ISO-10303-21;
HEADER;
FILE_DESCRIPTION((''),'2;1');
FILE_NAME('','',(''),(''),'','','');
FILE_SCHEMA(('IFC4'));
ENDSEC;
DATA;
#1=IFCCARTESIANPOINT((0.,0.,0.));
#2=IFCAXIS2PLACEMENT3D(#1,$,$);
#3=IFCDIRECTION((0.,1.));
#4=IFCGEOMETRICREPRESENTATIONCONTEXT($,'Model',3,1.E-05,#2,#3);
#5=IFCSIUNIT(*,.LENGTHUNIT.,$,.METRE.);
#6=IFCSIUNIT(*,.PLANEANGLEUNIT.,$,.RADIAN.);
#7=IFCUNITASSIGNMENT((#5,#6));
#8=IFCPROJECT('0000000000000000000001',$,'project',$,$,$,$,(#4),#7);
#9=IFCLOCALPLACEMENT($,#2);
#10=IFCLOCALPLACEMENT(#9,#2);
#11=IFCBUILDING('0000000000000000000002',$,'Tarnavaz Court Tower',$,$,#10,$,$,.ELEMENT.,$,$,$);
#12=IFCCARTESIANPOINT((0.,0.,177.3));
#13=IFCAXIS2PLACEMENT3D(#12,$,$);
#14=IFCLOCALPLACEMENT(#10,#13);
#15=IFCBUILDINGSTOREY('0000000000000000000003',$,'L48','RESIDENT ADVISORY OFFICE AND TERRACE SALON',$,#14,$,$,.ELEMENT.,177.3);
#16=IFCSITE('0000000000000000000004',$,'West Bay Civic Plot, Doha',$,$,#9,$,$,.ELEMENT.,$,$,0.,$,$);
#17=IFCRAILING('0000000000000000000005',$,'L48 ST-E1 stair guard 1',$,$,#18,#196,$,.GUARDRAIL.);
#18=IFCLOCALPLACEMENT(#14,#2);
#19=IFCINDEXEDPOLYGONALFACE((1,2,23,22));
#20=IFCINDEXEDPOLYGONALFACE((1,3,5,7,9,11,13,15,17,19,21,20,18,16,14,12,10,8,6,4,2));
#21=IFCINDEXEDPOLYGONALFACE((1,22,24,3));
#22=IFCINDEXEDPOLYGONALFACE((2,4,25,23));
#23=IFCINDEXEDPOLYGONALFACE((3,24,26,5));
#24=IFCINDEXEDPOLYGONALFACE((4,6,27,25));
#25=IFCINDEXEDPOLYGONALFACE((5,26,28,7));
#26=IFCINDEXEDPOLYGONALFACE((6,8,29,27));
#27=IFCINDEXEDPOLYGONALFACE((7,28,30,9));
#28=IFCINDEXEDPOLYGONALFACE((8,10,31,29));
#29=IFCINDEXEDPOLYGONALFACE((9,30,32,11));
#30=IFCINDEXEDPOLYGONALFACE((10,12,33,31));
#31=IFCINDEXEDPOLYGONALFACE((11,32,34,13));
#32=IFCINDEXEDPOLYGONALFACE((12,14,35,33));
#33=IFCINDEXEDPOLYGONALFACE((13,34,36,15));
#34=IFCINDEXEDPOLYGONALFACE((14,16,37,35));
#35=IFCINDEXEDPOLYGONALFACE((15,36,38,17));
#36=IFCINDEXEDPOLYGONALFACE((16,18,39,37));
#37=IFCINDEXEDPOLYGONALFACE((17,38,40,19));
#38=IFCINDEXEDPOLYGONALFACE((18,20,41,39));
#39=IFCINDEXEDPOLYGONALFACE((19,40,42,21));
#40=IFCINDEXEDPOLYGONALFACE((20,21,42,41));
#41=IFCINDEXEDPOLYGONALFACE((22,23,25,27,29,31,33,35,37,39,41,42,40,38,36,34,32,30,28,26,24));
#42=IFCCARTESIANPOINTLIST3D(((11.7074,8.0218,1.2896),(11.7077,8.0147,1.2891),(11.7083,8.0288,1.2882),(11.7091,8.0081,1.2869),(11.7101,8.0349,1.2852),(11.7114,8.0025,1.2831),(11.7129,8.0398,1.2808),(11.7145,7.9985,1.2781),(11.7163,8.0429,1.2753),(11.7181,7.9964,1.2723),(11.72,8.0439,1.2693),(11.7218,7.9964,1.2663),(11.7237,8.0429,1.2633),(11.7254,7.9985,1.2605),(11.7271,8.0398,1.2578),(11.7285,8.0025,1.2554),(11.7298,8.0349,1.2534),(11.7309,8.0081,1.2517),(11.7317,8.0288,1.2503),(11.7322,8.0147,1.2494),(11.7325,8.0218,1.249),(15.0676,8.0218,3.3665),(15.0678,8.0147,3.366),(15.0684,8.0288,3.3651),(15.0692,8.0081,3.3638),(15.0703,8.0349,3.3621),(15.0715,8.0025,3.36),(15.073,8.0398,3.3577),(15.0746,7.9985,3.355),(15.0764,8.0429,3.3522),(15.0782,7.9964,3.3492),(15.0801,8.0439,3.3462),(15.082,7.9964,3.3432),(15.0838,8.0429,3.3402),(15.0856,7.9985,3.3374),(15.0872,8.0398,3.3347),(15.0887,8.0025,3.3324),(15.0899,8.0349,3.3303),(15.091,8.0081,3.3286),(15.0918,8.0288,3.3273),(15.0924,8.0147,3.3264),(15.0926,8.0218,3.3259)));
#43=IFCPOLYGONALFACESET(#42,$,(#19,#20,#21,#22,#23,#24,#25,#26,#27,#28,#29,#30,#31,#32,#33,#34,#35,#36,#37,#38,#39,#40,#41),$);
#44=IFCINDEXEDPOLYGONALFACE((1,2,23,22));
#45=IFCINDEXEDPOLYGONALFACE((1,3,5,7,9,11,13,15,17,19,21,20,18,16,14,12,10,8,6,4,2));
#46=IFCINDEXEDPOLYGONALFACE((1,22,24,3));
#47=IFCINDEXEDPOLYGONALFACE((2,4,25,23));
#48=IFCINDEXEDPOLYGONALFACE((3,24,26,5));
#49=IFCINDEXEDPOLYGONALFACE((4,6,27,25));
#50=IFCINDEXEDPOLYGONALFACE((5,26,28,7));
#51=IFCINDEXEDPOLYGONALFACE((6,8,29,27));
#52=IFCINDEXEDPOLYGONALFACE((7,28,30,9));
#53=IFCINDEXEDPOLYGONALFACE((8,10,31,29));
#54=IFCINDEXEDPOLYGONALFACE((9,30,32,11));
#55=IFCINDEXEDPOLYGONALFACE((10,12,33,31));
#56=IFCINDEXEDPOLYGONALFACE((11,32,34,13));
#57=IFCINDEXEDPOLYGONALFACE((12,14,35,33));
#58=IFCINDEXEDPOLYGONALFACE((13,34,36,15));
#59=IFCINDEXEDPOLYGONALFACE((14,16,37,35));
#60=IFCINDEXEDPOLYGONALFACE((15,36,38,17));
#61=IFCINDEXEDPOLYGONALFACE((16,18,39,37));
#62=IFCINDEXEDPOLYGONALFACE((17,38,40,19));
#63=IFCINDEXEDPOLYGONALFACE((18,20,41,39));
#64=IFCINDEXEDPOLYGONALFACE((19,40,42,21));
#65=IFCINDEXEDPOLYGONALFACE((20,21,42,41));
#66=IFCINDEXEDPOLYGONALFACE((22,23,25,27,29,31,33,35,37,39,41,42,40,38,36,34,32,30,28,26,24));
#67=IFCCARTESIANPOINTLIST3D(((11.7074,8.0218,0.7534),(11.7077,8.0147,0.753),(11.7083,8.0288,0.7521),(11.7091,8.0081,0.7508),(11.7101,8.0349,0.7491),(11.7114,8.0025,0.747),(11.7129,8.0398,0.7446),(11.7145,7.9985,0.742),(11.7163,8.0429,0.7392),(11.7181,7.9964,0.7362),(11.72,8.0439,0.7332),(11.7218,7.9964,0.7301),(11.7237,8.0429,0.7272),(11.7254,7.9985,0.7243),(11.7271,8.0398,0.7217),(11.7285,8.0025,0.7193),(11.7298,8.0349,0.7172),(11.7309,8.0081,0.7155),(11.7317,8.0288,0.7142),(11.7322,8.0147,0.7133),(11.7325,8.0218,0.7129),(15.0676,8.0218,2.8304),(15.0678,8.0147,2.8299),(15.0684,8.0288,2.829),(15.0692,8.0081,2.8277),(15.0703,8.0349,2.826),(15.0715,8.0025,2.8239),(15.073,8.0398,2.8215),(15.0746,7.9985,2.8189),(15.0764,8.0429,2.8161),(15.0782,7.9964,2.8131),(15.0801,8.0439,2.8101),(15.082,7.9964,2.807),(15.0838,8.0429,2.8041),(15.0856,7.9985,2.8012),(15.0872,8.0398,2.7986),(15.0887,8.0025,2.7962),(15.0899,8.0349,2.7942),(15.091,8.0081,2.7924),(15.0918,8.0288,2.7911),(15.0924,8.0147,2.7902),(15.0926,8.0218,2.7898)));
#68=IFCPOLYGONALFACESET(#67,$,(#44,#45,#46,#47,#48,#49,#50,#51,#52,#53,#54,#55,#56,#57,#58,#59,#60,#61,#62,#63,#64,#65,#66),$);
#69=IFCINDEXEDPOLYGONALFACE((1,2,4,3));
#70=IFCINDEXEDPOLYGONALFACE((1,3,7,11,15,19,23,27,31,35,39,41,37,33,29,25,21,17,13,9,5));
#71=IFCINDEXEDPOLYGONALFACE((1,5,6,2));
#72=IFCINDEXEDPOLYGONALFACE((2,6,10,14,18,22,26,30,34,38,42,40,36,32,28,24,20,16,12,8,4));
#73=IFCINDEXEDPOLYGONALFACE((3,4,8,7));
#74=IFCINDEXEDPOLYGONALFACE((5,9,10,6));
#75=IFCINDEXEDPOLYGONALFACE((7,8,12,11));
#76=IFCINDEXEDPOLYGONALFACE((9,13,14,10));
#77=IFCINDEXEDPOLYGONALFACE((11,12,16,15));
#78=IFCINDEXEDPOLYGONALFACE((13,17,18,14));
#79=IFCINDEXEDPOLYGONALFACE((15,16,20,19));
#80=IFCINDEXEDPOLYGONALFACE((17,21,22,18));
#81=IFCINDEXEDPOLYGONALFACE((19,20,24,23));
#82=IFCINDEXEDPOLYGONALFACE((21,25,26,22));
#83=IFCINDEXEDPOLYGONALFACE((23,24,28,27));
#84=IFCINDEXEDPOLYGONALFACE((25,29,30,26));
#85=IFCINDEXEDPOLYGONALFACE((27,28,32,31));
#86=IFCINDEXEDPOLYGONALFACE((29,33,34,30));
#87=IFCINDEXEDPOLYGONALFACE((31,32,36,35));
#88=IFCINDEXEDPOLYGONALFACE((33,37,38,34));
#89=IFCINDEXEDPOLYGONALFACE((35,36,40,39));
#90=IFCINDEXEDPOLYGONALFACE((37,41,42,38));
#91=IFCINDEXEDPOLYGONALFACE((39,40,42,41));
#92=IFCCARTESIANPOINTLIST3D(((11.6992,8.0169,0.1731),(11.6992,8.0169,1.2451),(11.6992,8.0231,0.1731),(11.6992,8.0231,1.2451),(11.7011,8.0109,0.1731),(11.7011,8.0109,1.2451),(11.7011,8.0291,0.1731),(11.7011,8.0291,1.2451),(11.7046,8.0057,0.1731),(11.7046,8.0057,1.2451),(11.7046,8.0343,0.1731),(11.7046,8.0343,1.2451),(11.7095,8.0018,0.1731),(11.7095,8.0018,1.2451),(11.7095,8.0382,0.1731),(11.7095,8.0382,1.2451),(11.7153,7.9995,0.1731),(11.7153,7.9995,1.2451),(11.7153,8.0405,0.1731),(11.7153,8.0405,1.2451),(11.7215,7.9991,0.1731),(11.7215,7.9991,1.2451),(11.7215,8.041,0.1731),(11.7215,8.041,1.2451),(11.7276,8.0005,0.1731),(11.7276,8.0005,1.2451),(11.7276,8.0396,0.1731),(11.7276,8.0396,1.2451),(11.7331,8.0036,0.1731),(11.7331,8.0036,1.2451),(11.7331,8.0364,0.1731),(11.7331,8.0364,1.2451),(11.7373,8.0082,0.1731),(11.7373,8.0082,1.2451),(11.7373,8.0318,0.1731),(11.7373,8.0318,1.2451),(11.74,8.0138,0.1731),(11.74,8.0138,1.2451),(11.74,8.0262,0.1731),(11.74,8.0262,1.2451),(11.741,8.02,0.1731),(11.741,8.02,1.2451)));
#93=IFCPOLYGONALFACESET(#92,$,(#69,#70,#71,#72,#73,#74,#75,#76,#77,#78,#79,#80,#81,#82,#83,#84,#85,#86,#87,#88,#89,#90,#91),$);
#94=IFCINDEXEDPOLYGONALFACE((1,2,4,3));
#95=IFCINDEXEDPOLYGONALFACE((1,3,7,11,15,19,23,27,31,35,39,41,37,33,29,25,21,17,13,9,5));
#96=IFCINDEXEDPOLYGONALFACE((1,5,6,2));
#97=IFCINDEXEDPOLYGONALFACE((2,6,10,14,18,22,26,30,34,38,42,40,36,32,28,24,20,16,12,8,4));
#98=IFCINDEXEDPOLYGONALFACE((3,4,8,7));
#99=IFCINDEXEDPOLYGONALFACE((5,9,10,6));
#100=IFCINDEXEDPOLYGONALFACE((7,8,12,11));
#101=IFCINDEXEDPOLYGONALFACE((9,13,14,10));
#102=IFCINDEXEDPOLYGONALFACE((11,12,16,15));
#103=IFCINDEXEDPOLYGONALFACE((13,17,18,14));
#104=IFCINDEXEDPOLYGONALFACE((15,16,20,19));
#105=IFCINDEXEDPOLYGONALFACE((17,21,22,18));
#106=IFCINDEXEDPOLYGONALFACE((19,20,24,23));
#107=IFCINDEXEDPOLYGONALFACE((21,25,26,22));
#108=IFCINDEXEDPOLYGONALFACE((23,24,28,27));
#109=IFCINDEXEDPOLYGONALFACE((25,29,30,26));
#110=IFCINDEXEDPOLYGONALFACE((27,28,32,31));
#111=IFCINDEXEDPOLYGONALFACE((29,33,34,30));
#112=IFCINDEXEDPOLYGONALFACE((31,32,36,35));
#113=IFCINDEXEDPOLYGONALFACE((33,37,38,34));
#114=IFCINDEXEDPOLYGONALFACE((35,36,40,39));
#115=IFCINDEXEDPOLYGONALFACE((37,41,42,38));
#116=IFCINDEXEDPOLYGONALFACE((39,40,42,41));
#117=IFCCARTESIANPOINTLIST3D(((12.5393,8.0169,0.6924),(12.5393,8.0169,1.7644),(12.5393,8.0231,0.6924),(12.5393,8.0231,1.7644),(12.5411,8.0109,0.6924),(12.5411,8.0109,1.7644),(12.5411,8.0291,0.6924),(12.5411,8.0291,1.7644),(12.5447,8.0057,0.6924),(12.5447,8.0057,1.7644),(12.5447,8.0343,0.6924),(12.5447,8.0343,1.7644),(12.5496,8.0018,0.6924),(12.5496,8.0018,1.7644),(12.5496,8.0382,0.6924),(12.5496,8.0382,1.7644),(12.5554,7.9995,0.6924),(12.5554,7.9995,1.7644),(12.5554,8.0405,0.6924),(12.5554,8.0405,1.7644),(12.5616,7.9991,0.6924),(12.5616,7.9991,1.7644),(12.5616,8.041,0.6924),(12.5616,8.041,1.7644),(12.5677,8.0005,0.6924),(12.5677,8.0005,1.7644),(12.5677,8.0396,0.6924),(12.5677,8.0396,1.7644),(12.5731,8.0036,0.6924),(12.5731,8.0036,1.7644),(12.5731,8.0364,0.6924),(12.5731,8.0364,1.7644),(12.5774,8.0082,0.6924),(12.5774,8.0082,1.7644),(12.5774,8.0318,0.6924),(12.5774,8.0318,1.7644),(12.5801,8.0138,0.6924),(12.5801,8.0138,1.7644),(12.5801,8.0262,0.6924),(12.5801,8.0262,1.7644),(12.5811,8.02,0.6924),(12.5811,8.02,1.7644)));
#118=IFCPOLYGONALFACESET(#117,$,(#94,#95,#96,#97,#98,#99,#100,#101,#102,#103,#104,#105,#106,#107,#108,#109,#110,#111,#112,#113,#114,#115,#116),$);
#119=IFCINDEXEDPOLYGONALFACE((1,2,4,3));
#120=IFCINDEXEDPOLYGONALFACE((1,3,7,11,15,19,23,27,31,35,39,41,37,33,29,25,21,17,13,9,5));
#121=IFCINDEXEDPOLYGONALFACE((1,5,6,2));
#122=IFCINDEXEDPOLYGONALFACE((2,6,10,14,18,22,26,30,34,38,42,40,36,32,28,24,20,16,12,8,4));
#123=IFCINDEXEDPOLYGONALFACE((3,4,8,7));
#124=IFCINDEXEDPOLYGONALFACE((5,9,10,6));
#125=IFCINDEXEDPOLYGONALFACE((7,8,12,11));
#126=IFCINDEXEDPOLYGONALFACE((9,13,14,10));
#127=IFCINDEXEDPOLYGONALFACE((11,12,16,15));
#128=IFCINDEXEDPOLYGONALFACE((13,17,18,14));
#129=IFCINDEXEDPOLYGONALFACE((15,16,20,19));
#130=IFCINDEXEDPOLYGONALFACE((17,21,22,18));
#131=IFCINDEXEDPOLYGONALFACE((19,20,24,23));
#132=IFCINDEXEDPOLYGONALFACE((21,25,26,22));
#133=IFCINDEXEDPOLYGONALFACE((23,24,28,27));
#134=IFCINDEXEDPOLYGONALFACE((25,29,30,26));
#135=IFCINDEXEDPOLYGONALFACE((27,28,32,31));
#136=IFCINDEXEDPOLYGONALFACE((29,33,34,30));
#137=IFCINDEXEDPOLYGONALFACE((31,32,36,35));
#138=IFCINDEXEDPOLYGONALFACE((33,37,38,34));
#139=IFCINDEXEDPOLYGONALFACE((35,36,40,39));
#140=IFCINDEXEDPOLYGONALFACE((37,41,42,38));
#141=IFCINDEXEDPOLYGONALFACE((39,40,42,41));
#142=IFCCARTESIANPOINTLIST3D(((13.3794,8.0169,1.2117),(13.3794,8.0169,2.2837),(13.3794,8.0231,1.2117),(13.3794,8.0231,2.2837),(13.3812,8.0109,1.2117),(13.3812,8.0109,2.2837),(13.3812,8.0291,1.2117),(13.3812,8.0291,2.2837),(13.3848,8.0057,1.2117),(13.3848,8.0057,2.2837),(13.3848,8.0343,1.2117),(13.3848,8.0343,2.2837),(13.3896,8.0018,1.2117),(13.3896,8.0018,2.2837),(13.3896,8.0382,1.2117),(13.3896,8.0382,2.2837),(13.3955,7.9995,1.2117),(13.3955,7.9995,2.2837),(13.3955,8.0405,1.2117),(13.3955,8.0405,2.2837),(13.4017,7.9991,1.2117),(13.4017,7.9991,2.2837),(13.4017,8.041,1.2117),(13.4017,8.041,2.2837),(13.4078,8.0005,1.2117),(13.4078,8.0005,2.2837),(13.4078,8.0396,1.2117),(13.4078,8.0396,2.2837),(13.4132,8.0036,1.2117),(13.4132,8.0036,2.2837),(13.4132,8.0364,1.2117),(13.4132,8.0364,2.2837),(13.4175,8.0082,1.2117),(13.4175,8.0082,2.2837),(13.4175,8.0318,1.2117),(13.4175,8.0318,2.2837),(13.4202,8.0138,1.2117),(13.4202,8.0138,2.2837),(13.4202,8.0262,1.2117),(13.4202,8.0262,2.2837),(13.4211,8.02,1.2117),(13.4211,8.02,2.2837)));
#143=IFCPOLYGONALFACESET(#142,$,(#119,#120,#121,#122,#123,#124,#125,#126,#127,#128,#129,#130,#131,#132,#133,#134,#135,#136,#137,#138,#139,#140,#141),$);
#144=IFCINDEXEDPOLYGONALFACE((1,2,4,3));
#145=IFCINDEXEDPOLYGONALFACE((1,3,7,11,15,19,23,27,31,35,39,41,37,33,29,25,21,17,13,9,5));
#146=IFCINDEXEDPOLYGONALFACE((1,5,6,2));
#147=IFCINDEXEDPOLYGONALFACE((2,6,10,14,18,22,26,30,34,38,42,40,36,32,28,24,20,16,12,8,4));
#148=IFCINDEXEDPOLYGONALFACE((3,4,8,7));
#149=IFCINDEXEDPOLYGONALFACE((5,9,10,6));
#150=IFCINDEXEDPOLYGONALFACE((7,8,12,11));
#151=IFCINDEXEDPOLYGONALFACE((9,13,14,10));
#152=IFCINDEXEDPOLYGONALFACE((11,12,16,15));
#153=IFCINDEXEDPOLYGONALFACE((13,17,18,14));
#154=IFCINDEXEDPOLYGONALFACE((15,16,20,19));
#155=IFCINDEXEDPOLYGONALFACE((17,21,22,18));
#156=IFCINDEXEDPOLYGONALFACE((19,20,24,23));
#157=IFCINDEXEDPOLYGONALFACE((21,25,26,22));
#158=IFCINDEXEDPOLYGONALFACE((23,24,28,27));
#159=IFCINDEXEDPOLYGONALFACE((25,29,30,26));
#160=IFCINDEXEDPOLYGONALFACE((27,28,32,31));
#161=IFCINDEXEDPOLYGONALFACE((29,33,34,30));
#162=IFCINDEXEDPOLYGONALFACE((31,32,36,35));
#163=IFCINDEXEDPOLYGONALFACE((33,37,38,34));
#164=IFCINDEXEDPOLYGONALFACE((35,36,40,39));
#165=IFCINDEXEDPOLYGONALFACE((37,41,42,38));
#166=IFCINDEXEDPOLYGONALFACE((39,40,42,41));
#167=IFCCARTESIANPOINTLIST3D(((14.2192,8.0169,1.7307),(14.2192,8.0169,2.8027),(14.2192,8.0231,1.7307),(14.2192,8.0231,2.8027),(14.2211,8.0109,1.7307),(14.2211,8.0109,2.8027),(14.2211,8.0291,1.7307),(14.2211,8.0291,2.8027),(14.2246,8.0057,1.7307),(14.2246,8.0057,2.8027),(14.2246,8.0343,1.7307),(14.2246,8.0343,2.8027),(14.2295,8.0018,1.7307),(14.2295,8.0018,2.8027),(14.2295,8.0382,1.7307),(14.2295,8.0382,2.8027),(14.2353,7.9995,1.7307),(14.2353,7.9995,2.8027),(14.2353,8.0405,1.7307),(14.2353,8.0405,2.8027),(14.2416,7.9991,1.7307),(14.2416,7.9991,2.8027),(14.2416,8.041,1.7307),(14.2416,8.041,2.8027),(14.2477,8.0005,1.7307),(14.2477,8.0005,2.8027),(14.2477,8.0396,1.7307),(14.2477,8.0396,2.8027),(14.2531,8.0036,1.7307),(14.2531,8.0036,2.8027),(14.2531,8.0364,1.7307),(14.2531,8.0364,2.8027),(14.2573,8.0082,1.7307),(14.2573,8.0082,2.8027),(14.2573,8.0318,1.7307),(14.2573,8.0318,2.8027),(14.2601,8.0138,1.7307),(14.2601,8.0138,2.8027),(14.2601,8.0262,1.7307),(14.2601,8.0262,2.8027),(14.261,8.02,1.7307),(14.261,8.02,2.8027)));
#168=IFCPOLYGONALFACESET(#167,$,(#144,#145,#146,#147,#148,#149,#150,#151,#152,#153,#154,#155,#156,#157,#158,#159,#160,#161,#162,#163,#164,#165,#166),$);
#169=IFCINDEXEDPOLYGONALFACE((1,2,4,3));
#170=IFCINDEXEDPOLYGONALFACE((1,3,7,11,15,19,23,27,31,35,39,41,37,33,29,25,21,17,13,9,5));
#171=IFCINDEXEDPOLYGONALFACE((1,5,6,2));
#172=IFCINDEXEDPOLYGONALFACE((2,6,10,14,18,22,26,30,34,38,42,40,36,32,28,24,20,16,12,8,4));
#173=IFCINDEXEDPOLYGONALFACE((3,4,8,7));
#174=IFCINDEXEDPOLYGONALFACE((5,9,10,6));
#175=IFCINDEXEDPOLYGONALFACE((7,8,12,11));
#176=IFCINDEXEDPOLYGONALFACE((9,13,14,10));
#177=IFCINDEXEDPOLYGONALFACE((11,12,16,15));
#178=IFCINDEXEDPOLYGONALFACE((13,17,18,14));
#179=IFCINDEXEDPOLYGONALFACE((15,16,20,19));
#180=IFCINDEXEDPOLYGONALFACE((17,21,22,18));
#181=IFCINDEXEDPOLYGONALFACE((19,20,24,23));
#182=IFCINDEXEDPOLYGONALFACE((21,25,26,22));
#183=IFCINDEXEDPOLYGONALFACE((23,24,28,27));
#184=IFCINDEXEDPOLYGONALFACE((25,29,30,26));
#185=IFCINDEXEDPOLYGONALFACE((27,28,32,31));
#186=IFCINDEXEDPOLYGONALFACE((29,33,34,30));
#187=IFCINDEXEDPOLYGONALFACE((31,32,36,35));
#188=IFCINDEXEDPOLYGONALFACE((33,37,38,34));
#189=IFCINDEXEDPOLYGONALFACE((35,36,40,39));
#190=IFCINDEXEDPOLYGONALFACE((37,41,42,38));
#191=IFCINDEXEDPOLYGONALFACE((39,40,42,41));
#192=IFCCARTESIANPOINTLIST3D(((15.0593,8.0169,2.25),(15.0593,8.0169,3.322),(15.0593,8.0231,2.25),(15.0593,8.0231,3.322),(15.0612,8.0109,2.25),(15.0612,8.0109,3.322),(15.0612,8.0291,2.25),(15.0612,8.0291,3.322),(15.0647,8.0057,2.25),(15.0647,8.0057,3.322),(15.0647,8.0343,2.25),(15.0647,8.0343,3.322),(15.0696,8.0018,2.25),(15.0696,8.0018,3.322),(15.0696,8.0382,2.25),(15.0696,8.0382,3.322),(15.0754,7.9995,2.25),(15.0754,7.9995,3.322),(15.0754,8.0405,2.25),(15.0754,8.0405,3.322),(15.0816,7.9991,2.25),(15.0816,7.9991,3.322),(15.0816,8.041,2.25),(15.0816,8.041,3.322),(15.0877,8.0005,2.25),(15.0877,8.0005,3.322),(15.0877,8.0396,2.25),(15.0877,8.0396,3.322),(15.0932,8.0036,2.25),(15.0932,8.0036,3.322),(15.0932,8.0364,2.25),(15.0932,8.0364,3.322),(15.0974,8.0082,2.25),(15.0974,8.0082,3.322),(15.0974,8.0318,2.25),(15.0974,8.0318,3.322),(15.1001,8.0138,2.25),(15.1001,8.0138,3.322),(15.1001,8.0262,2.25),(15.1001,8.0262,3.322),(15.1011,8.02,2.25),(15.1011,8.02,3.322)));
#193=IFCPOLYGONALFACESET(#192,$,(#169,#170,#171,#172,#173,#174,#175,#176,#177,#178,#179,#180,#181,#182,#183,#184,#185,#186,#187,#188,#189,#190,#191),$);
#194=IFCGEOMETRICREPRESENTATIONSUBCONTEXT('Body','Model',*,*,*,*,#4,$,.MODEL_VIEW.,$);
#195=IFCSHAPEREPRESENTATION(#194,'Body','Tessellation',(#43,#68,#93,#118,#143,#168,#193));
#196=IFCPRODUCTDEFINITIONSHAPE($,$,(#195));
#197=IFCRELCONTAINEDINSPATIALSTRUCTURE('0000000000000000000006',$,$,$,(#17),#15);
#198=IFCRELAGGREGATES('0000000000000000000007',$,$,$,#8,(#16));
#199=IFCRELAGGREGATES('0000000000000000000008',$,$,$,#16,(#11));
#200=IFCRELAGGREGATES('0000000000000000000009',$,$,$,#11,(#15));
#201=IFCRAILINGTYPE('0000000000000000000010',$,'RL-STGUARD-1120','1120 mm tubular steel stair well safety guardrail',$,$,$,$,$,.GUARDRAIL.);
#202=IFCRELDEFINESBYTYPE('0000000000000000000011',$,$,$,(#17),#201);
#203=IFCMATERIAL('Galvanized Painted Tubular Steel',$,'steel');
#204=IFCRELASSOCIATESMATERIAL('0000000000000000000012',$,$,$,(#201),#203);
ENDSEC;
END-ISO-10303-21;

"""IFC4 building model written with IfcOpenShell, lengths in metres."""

from ifc_helpers import new_model, si_unit, direction, frame, origin, origin_2d, place, context, subcontext, project, spatial, circle, extrude, material, type_object, element, save


model = new_model("IFC4")

# Units and contexts
model_context = context("Model", 3, precision=1e-05, world=origin(), true_north=direction((0.0, 1.0)))
body_context = subcontext(model_context, "Body", "Model", "MODEL_VIEW")
ifc_project = project(units=[si_unit("LENGTHUNIT", "METRE"), si_unit("PLANEANGLEUNIT", "RADIAN")], contexts=[model_context])

# Site, building, storey
site_placement = place(None, origin())
site = spatial("IfcSite", under=ifc_project, at=site_placement, Name="West Bay Civic Plot, Doha", CompositionType="ELEMENT", RefElevation=0.0)
building_placement = place(site_placement, origin())
building = spatial("IfcBuilding", under=site, at=building_placement, Name="Tarnavaz Court Tower", CompositionType="ELEMENT")
storey_placement = place(building_placement, frame((0.0, 0.0, 177.3)))
storey = spatial("IfcBuildingStorey", under=building, at=storey_placement, Name="L48", Description="RESIDENT ADVISORY OFFICE AND TERRACE SALON", CompositionType="ELEMENT", Elevation=177.3)

# Railing
ifc_material_1 = material(Name="Galvanized Painted Tubular Steel", Category="steel")
railing_type_1 = type_object("IfcRailingType", Name="RL-STGUARD-1120", Description="1120 mm tubular steel stair well safety guardrail", PredefinedType="GUARDRAIL", material=ifc_material_1)
railing_1_placement = place(storey_placement, frame((11.72, 8.02, 0.1731)))
element("IfcRailing", 1, at=railing_1_placement, inside=storey, type_object=railing_type_1, Name="L48 ST-E1 stair guard 1", PredefinedType="GUARDRAIL", context=body_context, shape_type="SweptSolid", body=[
    extrude(circle(Radius=0.0239, at=origin_2d()), frame((0.0, 0.0, 1.0962), z_axis=(0.850623, 0.0, 0.525776), x_axis=(0.0, 1.0, 0.0)), (0.0, 0.0, 1.0), 3.9502),
    extrude(circle(Radius=0.0239, at=origin_2d()), frame((0.0, 0.0, 0.5601), z_axis=(0.850623, 0.0, 0.525776), x_axis=(0.0, 1.0, 0.0)), (0.0, 0.0, 1.0), 3.9502),
    extrude(circle(Radius=0.021, at=origin_2d()), origin(), (0.0, 0.0, 1.0), 1.072),
    extrude(circle(Radius=0.021, at=origin_2d()), frame((0.8401, 0.0, 0.5193)), (0.0, 0.0, 1.0), 1.072),
    extrude(circle(Radius=0.021, at=origin_2d()), frame((1.6802, 0.0, 1.0386)), (0.0, 0.0, 1.0), 1.072),
    extrude(circle(Radius=0.021, at=origin_2d()), frame((2.52, 0.0, 1.5576)), (0.0, 0.0, 1.0), 1.072),
    extrude(circle(Radius=0.021, at=origin_2d()), frame((3.3601, 0.0, 2.0769)), (0.0, 0.0, 1.0), 1.072),
])

save(model, "model.ifc")
